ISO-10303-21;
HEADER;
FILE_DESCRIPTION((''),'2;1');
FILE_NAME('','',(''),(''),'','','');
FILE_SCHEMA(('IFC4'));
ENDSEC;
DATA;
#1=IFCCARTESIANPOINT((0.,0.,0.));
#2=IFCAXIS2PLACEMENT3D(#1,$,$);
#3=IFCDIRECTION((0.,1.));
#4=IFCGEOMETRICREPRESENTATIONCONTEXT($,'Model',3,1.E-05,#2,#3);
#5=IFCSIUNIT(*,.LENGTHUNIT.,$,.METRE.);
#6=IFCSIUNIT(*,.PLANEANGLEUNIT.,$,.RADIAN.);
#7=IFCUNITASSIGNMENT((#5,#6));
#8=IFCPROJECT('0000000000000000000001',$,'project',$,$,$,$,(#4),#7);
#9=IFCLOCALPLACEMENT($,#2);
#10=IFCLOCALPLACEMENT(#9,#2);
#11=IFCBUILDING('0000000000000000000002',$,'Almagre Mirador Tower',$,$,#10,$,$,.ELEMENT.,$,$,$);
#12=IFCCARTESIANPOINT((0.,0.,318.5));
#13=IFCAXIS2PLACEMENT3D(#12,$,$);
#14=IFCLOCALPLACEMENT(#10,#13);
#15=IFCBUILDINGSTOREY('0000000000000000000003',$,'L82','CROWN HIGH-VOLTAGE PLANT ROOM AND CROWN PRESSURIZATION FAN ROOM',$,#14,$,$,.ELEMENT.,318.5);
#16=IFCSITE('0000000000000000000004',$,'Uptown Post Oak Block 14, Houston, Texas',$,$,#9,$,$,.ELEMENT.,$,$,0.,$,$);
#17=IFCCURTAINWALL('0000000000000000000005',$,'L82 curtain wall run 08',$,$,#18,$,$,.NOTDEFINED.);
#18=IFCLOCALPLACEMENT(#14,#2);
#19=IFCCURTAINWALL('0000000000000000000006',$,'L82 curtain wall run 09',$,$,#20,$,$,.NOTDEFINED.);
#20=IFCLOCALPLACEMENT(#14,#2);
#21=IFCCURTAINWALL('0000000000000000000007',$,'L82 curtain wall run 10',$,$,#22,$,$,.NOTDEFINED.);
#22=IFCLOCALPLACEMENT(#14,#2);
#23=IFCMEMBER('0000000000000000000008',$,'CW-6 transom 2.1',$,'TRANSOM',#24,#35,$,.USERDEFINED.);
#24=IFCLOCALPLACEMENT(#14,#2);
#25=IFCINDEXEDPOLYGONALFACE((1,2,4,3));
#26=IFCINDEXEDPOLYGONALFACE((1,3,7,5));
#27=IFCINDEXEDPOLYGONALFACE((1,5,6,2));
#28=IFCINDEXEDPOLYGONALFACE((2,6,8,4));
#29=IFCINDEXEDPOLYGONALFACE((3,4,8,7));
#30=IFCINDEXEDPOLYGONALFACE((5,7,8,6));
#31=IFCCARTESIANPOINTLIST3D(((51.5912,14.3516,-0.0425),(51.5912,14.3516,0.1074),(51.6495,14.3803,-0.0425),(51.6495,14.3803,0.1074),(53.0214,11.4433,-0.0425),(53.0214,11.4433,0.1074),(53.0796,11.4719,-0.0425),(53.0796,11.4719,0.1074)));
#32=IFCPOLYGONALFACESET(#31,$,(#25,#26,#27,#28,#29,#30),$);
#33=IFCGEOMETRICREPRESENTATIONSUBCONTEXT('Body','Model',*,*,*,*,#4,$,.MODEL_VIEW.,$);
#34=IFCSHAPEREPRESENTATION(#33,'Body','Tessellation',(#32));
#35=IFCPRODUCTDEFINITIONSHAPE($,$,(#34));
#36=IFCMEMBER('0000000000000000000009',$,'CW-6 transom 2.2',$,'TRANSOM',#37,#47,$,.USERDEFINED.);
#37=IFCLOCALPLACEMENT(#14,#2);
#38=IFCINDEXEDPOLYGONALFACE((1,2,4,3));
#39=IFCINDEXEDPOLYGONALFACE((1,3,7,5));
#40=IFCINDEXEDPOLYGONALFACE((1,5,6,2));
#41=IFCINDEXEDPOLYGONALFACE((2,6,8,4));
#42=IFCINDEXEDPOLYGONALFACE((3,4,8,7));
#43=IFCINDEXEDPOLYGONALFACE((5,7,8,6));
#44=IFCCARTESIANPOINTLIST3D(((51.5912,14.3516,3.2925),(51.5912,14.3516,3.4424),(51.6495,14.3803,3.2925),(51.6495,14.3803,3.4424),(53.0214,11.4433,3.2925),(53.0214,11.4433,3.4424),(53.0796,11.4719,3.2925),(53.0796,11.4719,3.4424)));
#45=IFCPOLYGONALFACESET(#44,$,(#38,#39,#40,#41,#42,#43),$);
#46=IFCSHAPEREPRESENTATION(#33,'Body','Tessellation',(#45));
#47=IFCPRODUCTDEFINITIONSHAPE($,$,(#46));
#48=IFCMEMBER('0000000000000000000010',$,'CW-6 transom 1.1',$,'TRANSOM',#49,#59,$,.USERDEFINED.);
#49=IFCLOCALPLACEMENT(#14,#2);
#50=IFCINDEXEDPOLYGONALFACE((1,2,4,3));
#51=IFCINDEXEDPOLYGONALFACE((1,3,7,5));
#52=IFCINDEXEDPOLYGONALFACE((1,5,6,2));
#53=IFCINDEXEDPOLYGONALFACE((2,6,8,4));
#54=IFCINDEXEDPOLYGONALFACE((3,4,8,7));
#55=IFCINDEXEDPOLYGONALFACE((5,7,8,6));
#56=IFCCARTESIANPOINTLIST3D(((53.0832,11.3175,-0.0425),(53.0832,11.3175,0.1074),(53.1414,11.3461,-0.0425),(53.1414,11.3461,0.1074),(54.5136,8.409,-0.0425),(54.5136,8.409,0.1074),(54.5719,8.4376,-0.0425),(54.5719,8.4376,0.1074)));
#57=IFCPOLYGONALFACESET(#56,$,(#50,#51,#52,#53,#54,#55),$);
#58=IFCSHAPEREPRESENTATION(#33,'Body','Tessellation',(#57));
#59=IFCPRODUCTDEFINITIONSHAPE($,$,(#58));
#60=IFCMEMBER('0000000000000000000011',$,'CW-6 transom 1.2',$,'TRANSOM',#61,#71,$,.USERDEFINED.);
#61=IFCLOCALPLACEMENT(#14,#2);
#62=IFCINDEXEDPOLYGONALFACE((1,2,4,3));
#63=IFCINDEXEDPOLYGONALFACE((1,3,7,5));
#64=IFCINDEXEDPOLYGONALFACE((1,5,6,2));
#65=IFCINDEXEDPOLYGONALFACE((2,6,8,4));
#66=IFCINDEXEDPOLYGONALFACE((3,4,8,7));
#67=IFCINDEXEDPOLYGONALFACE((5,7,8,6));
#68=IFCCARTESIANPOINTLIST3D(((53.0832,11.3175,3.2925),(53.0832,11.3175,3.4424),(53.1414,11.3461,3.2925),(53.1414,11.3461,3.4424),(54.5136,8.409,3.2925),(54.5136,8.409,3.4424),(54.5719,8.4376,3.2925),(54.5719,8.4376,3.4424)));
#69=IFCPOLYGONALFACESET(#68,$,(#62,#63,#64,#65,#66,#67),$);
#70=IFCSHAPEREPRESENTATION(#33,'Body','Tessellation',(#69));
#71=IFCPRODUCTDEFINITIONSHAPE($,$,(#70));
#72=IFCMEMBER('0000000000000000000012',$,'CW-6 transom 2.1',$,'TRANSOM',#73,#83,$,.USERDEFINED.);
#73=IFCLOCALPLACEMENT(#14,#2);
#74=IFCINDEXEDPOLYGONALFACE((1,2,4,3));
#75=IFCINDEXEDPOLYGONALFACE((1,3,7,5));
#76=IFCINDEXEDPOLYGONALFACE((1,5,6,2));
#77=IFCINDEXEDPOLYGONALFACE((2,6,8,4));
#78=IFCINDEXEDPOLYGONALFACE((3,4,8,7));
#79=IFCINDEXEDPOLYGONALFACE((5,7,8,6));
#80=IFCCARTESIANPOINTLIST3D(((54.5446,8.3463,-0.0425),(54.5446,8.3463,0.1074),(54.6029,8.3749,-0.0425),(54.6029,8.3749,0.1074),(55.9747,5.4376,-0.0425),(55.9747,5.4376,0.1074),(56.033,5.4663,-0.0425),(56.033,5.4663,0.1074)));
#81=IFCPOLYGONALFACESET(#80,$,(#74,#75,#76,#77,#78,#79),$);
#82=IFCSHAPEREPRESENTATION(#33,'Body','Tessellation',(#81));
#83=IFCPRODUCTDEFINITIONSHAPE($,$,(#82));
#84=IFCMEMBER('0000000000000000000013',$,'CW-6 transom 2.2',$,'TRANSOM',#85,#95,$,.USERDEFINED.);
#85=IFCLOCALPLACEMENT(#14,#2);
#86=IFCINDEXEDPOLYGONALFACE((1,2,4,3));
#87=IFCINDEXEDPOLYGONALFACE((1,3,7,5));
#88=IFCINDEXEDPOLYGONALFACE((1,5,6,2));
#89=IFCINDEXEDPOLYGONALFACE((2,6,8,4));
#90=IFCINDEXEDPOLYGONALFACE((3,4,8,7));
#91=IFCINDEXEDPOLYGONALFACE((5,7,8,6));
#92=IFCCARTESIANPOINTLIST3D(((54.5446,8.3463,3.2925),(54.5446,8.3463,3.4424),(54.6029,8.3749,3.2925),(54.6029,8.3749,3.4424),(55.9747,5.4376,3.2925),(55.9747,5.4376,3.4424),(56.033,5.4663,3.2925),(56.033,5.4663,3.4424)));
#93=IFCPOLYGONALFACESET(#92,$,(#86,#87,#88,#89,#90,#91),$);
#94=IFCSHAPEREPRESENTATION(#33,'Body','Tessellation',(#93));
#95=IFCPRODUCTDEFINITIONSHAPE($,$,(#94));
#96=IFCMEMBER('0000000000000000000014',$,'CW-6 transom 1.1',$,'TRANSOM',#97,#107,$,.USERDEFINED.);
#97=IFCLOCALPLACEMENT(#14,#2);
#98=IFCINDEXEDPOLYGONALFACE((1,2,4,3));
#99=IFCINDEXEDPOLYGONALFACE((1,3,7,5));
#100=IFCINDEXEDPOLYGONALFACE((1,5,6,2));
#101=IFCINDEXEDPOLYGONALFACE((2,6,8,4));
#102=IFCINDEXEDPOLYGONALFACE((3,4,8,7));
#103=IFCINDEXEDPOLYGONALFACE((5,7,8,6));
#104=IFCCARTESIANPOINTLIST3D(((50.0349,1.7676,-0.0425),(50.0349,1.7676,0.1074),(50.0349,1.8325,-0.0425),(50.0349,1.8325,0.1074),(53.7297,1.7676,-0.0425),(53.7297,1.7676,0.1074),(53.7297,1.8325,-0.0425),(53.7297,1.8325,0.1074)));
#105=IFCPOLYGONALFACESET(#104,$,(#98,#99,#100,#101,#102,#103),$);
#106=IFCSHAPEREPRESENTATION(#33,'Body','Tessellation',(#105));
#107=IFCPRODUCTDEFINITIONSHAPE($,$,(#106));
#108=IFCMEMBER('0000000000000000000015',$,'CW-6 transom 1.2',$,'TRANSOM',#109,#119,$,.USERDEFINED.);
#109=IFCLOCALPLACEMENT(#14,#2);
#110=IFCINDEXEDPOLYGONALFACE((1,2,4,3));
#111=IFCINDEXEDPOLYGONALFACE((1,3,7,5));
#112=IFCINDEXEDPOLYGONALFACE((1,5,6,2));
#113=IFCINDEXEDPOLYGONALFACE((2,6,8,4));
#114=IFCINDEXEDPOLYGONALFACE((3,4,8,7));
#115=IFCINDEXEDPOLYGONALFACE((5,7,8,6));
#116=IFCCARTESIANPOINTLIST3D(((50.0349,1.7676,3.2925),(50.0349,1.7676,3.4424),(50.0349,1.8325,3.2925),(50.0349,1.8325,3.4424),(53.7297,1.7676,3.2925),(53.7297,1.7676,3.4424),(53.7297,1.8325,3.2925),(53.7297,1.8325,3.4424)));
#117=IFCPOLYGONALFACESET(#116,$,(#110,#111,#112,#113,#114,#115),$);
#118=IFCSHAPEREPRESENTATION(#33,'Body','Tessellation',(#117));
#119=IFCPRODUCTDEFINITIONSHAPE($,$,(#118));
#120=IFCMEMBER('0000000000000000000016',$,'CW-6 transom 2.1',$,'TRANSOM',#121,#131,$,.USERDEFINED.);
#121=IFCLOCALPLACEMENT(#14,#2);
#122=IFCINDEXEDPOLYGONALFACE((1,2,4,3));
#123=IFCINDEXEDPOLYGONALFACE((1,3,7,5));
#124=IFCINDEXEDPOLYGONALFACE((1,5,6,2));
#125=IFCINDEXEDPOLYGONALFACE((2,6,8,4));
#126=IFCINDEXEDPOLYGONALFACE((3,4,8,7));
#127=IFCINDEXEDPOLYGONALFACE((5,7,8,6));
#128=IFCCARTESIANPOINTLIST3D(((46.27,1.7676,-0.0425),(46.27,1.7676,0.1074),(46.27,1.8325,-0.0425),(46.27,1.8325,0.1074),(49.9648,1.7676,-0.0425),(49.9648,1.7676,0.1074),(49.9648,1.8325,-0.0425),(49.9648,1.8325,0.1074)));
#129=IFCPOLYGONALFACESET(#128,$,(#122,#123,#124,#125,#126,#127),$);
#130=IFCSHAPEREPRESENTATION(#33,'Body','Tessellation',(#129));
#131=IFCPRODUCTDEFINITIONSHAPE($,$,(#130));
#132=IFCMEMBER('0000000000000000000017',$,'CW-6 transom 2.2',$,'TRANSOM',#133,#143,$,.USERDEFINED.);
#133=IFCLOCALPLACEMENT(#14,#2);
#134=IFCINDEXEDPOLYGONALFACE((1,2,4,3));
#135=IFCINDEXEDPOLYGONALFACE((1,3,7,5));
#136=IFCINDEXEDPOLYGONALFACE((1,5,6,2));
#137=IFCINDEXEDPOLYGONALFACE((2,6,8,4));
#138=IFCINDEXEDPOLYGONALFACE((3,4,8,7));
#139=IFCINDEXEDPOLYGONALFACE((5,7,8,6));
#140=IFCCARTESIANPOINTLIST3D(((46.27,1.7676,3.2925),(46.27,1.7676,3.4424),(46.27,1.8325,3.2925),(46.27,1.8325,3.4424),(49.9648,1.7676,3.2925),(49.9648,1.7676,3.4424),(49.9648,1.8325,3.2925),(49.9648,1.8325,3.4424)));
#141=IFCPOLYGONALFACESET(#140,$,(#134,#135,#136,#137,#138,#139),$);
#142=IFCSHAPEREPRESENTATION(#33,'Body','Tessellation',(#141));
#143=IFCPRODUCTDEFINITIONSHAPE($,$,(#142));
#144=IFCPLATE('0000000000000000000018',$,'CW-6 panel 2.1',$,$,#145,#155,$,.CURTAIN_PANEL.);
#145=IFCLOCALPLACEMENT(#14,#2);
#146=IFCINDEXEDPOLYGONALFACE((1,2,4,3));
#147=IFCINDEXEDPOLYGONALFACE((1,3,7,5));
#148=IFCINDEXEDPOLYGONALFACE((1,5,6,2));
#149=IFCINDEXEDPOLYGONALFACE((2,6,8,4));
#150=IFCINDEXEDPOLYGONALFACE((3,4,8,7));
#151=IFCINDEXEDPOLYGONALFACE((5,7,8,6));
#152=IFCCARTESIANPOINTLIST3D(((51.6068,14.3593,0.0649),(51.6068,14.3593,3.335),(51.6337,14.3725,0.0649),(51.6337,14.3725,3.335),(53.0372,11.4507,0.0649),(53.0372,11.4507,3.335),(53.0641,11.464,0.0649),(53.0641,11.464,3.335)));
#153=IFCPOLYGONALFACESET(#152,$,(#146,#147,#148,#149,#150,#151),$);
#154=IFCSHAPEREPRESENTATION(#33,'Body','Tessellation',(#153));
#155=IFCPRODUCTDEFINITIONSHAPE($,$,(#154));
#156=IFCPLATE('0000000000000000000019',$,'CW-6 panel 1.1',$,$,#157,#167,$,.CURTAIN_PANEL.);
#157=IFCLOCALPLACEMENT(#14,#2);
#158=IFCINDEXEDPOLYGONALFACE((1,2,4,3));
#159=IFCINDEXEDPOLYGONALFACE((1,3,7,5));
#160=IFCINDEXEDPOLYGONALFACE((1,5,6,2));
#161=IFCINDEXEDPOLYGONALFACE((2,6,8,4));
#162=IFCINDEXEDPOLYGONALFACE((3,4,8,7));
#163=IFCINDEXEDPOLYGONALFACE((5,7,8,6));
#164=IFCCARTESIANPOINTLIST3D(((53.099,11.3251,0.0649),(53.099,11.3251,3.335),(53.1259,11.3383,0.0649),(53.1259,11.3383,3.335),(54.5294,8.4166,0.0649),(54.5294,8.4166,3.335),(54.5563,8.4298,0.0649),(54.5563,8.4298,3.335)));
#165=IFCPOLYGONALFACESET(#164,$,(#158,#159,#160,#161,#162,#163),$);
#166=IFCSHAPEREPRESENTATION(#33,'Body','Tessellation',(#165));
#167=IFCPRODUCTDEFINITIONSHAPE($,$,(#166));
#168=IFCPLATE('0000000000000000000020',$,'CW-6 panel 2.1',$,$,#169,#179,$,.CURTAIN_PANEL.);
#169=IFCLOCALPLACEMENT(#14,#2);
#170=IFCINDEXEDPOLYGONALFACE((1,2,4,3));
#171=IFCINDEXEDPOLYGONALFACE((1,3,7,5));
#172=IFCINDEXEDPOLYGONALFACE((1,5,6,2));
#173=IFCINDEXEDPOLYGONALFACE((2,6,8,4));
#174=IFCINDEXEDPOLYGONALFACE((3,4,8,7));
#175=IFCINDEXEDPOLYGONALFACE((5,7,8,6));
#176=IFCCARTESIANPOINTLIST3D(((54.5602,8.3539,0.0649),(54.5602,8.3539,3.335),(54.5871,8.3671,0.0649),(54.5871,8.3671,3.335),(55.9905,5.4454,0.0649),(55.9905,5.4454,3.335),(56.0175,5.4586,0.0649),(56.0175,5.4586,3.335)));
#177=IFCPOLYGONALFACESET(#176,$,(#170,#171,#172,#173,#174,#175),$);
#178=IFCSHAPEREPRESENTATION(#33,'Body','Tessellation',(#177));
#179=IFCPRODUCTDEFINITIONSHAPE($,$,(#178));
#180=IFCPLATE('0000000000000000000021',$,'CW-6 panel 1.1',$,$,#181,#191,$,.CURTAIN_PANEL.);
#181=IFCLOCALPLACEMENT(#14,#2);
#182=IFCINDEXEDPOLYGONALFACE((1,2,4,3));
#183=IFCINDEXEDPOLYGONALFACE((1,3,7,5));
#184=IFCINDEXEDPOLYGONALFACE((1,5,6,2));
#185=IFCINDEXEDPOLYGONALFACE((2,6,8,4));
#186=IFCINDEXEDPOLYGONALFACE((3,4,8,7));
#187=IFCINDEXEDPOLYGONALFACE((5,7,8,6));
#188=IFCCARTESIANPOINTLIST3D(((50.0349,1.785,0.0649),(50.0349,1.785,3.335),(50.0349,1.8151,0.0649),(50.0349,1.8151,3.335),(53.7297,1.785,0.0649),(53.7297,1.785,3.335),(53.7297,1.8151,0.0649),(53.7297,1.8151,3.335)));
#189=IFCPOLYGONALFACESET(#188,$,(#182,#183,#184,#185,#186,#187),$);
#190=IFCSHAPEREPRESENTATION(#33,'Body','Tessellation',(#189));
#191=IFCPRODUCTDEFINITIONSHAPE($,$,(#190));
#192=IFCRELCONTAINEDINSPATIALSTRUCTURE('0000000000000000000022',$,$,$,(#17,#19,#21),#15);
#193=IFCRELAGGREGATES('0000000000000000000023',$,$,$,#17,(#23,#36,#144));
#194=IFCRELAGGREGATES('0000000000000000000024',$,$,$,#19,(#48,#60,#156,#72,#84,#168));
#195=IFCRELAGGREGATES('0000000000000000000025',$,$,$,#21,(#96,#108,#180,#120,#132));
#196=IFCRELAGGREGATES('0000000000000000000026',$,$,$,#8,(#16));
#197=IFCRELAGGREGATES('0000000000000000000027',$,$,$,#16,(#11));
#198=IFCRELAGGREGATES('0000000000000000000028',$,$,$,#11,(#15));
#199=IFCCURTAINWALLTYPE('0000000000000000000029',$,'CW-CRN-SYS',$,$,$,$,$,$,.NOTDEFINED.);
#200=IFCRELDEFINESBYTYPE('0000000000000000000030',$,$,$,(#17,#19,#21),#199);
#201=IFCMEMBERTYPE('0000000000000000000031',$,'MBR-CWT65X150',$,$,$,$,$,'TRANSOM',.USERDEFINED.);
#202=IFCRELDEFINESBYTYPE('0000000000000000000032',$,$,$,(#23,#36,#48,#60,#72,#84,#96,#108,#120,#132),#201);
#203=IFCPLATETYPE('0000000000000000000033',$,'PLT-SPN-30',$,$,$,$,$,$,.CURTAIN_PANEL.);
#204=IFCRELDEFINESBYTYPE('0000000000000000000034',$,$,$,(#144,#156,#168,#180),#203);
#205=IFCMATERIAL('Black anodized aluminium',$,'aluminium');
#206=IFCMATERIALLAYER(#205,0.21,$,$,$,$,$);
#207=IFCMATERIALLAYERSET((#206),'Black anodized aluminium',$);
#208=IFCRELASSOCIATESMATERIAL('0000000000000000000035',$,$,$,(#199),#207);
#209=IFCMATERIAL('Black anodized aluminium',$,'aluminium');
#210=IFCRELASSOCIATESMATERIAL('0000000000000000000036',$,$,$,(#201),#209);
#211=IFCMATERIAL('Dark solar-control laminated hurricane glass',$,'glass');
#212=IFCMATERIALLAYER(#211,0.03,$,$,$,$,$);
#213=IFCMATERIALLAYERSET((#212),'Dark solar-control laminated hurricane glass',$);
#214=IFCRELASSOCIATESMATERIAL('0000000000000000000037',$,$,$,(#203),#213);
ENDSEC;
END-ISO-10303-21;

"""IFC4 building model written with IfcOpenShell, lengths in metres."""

from ifc_helpers import new_model, si_unit, direction, frame, origin, origin_2d, place, context, subcontext, project, spatial, rectangle, extrude, material, layer, layer_set, material_profile, profile_set, type_object, element, aggregate, save


model = new_model("IFC4")

# Units and contexts
model_context = context("Model", 3, precision=1e-05, world=origin(), true_north=direction((0.0, 1.0)))
body_context = subcontext(model_context, "Body", "Model", "MODEL_VIEW")
ifc_project = project(units=[si_unit("LENGTHUNIT", "METRE"), si_unit("PLANEANGLEUNIT", "RADIAN")], contexts=[model_context])

# Site, building, storey
site_placement = place(None, origin())
site = spatial("IfcSite", under=ifc_project, at=site_placement, Name="Uptown Post Oak Block 14, Houston, Texas", CompositionType="ELEMENT", RefElevation=0.0)
building_placement = place(site_placement, origin())
building = spatial("IfcBuilding", under=site, at=building_placement, Name="Almagre Mirador Tower", CompositionType="ELEMENT")
storey_placement = place(building_placement, frame((0.0, 0.0, 318.5)))
storey = spatial("IfcBuildingStorey", under=building, at=storey_placement, Name="L82", Description="CROWN HIGH-VOLTAGE PLANT ROOM AND CROWN PRESSURIZATION FAN ROOM", CompositionType="ELEMENT", Elevation=318.5)

# Curtain walls
ifc_material_1 = material(Name="Black anodized aluminium", Category="aluminium")
ifc_layer_1 = layer(ifc_material_1, 0.21)
ifc_layer_set_1 = layer_set([ifc_layer_1], Name="Black anodized aluminium")
curtain_wall_type = type_object("IfcCurtainWallType", Name="CW-CRN-SYS", PredefinedType="NOTDEFINED", material=ifc_layer_set_1)
curtain_wall_1_placement = place(storey_placement, origin())
curtain_wall_1 = element("IfcCurtainWall", 1, at=curtain_wall_1_placement, inside=storey, type_object=curtain_wall_type, Name="L82 curtain wall run 08", PredefinedType="NOTDEFINED")
curtain_wall_2_placement = place(storey_placement, origin())
curtain_wall_2 = element("IfcCurtainWall", 2, at=curtain_wall_2_placement, inside=storey, type_object=curtain_wall_type, Name="L82 curtain wall run 09", PredefinedType="NOTDEFINED")
curtain_wall_3_placement = place(storey_placement, origin())
curtain_wall_3 = element("IfcCurtainWall", 3, at=curtain_wall_3_placement, inside=storey, type_object=curtain_wall_type, Name="L82 curtain wall run 10", PredefinedType="NOTDEFINED")

# Members
ifc_material_2 = material(Name="Black anodized aluminium", Category="aluminium")
ifc_material_profile_1 = material_profile(ifc_material_2, rectangle(XDim=0.0649, YDim=0.1499, at=origin_2d()), Name="CWT65X150")
ifc_profile_set_1 = profile_set([ifc_material_profile_1], Name="Black anodized aluminium")
member_type_1 = type_object("IfcMemberType", Name="MBR-CWT65X150", ElementType="TRANSOM", PredefinedType="USERDEFINED", material=ifc_profile_set_1)
member_1_placement = place(storey_placement, frame((51.6204, 14.366, 0.0325), z_axis=(0.441268, -0.897375, 0.0), x_axis=(0.897375, 0.441268, 0.0)))
member_1 = element("IfcMember", 4, at=member_1_placement, type_object=member_type_1, Name="CW-6 transom 2.1", ObjectType="TRANSOM", PredefinedType="USERDEFINED", context=body_context, shape_type="SweptSolid", body=[
    extrude(rectangle(XDim=0.0649, YDim=0.1499, at=origin_2d()), origin(), (0.0, 0.0, 1.0), 3.241),
])
member_2_placement = place(storey_placement, frame((51.6204, 14.366, 3.3674), z_axis=(0.441268, -0.897375, 0.0), x_axis=(0.897375, 0.441268, 0.0)))
member_2 = element("IfcMember", 5, at=member_2_placement, type_object=member_type_1, Name="CW-6 transom 2.2", ObjectType="TRANSOM", PredefinedType="USERDEFINED", context=body_context, shape_type="SweptSolid", body=[
    extrude(rectangle(XDim=0.0649, YDim=0.1499, at=origin_2d()), origin(), (0.0, 0.0, 1.0), 3.241),
])
member_3_placement = place(storey_placement, frame((53.1123, 11.3318, 0.0325), z_axis=(0.441329, -0.897346, 0.0), x_axis=(0.897346, 0.441329, 0.0)))
member_3 = element("IfcMember", 6, at=member_3_placement, type_object=member_type_1, Name="CW-6 transom 1.1", ObjectType="TRANSOM", PredefinedType="USERDEFINED", context=body_context, shape_type="SweptSolid", body=[
    extrude(rectangle(XDim=0.0649, YDim=0.1499, at=origin_2d()), origin(), (0.0, 0.0, 1.0), 3.2412),
])
member_4_placement = place(storey_placement, frame((53.1123, 11.3318, 3.3674), z_axis=(0.441329, -0.897346, 0.0), x_axis=(0.897346, 0.441329, 0.0)))
member_4 = element("IfcMember", 7, at=member_4_placement, type_object=member_type_1, Name="CW-6 transom 1.2", ObjectType="TRANSOM", PredefinedType="USERDEFINED", context=body_context, shape_type="SweptSolid", body=[
    extrude(rectangle(XDim=0.0649, YDim=0.1499, at=origin_2d()), origin(), (0.0, 0.0, 1.0), 3.2412),
])
member_5_placement = place(storey_placement, frame((54.5737, 8.3606, 0.0325), z_axis=(0.441238, -0.89739, 0.0), x_axis=(0.89739, 0.441238, 0.0)))
member_5 = element("IfcMember", 8, at=member_5_placement, type_object=member_type_1, Name="CW-6 transom 2.1", ObjectType="TRANSOM", PredefinedType="USERDEFINED", context=body_context, shape_type="SweptSolid", body=[
    extrude(rectangle(XDim=0.0649, YDim=0.1499, at=origin_2d()), origin(), (0.0, 0.0, 1.0), 3.2412),
])
member_6_placement = place(storey_placement, frame((54.5737, 8.3606, 3.3674), z_axis=(0.441238, -0.89739, 0.0), x_axis=(0.89739, 0.441238, 0.0)))
member_6 = element("IfcMember", 9, at=member_6_placement, type_object=member_type_1, Name="CW-6 transom 2.2", ObjectType="TRANSOM", PredefinedType="USERDEFINED", context=body_context, shape_type="SweptSolid", body=[
    extrude(rectangle(XDim=0.0649, YDim=0.1499, at=origin_2d()), origin(), (0.0, 0.0, 1.0), 3.2412),
])
member_7_placement = place(storey_placement, frame((53.7297, 1.8, 0.0325), z_axis=(-1.0, 0.0, 0.0), x_axis=(0.0, -1.0, 0.0)))
member_7 = element("IfcMember", 10, at=member_7_placement, type_object=member_type_1, Name="CW-6 transom 1.1", ObjectType="TRANSOM", PredefinedType="USERDEFINED", context=body_context, shape_type="SweptSolid", body=[
    extrude(rectangle(XDim=0.0649, YDim=0.1499, at=origin_2d()), origin(), (0.0, 0.0, 1.0), 3.6948),
])
member_8_placement = place(storey_placement, frame((53.7297, 1.8, 3.3674), z_axis=(-1.0, 0.0, 0.0), x_axis=(0.0, -1.0, 0.0)))
member_8 = element("IfcMember", 11, at=member_8_placement, type_object=member_type_1, Name="CW-6 transom 1.2", ObjectType="TRANSOM", PredefinedType="USERDEFINED", context=body_context, shape_type="SweptSolid", body=[
    extrude(rectangle(XDim=0.0649, YDim=0.1499, at=origin_2d()), origin(), (0.0, 0.0, 1.0), 3.6948),
])
member_9_placement = place(storey_placement, frame((49.9648, 1.8, 0.0325), z_axis=(-1.0, 0.0, 0.0), x_axis=(0.0, -1.0, 0.0)))
member_9 = element("IfcMember", 12, at=member_9_placement, type_object=member_type_1, Name="CW-6 transom 2.1", ObjectType="TRANSOM", PredefinedType="USERDEFINED", context=body_context, shape_type="SweptSolid", body=[
    extrude(rectangle(XDim=0.0649, YDim=0.1499, at=origin_2d()), origin(), (0.0, 0.0, 1.0), 3.6948),
])
member_10_placement = place(storey_placement, frame((49.9648, 1.8, 3.3674), z_axis=(-1.0, 0.0, 0.0), x_axis=(0.0, -1.0, 0.0)))
member_10 = element("IfcMember", 13, at=member_10_placement, type_object=member_type_1, Name="CW-6 transom 2.2", ObjectType="TRANSOM", PredefinedType="USERDEFINED", context=body_context, shape_type="SweptSolid", body=[
    extrude(rectangle(XDim=0.0649, YDim=0.1499, at=origin_2d()), origin(), (0.0, 0.0, 1.0), 3.6948),
])

# Plates
ifc_material_3 = material(Name="Dark solar-control laminated hurricane glass", Category="glass")
ifc_layer_2 = layer(ifc_material_3, 0.03)
ifc_layer_set_2 = layer_set([ifc_layer_2], Name="Dark solar-control laminated hurricane glass")
plate_type = type_object("IfcPlateType", Name="PLT-SPN-30", PredefinedType="CURTAIN_PANEL", material=ifc_layer_set_2)
plate_1_placement = place(storey_placement, frame((52.3354, 12.9116, 0.0649), z_axis=(0.0, 0.0, 1.0), x_axis=(0.441311, -0.897354, 0.0)))
plate_1 = element("IfcPlate", 14, at=plate_1_placement, type_object=plate_type, Name="CW-6 panel 2.1", PredefinedType="CURTAIN_PANEL", context=body_context, shape_type="SweptSolid", body=[
    extrude(rectangle(XDim=3.2412, YDim=0.03, at=origin_2d()), origin(), (0.0, 0.0, 1.0), 3.27),
])
aggregate(curtain_wall_1, [member_1, member_2, plate_1])
plate_2_placement = place(storey_placement, frame((53.8276, 9.8774, 0.0649), z_axis=(0.0, 0.0, 1.0), x_axis=(0.441311, -0.897354, 0.0)))
plate_2 = element("IfcPlate", 15, at=plate_2_placement, type_object=plate_type, Name="CW-6 panel 1.1", PredefinedType="CURTAIN_PANEL", context=body_context, shape_type="SweptSolid", body=[
    extrude(rectangle(XDim=3.2412, YDim=0.03, at=origin_2d()), origin(), (0.0, 0.0, 1.0), 3.27),
])
plate_3_placement = place(storey_placement, frame((55.2888, 6.9062, 0.0649), z_axis=(0.0, 0.0, 1.0), x_axis=(0.441311, -0.897354, 0.0)))
plate_3 = element("IfcPlate", 16, at=plate_3_placement, type_object=plate_type, Name="CW-6 panel 2.1", PredefinedType="CURTAIN_PANEL", context=body_context, shape_type="SweptSolid", body=[
    extrude(rectangle(XDim=3.2412, YDim=0.03, at=origin_2d()), origin(), (0.0, 0.0, 1.0), 3.27),
])
aggregate(curtain_wall_2, [member_3, member_4, plate_2, member_5, member_6, plate_3])
plate_4_placement = place(storey_placement, frame((51.8823, 1.8, 0.0649), z_axis=(0.0, 0.0, 1.0), x_axis=(-1.0, 0.0, 0.0)))
plate_4 = element("IfcPlate", 17, at=plate_4_placement, type_object=plate_type, Name="CW-6 panel 1.1", PredefinedType="CURTAIN_PANEL", context=body_context, shape_type="SweptSolid", body=[
    extrude(rectangle(XDim=3.6948, YDim=0.03, at=origin_2d()), origin(), (0.0, 0.0, 1.0), 3.27),
])
aggregate(curtain_wall_3, [member_7, member_8, plate_4, member_9, member_10])

save(model, "model.ifc")
